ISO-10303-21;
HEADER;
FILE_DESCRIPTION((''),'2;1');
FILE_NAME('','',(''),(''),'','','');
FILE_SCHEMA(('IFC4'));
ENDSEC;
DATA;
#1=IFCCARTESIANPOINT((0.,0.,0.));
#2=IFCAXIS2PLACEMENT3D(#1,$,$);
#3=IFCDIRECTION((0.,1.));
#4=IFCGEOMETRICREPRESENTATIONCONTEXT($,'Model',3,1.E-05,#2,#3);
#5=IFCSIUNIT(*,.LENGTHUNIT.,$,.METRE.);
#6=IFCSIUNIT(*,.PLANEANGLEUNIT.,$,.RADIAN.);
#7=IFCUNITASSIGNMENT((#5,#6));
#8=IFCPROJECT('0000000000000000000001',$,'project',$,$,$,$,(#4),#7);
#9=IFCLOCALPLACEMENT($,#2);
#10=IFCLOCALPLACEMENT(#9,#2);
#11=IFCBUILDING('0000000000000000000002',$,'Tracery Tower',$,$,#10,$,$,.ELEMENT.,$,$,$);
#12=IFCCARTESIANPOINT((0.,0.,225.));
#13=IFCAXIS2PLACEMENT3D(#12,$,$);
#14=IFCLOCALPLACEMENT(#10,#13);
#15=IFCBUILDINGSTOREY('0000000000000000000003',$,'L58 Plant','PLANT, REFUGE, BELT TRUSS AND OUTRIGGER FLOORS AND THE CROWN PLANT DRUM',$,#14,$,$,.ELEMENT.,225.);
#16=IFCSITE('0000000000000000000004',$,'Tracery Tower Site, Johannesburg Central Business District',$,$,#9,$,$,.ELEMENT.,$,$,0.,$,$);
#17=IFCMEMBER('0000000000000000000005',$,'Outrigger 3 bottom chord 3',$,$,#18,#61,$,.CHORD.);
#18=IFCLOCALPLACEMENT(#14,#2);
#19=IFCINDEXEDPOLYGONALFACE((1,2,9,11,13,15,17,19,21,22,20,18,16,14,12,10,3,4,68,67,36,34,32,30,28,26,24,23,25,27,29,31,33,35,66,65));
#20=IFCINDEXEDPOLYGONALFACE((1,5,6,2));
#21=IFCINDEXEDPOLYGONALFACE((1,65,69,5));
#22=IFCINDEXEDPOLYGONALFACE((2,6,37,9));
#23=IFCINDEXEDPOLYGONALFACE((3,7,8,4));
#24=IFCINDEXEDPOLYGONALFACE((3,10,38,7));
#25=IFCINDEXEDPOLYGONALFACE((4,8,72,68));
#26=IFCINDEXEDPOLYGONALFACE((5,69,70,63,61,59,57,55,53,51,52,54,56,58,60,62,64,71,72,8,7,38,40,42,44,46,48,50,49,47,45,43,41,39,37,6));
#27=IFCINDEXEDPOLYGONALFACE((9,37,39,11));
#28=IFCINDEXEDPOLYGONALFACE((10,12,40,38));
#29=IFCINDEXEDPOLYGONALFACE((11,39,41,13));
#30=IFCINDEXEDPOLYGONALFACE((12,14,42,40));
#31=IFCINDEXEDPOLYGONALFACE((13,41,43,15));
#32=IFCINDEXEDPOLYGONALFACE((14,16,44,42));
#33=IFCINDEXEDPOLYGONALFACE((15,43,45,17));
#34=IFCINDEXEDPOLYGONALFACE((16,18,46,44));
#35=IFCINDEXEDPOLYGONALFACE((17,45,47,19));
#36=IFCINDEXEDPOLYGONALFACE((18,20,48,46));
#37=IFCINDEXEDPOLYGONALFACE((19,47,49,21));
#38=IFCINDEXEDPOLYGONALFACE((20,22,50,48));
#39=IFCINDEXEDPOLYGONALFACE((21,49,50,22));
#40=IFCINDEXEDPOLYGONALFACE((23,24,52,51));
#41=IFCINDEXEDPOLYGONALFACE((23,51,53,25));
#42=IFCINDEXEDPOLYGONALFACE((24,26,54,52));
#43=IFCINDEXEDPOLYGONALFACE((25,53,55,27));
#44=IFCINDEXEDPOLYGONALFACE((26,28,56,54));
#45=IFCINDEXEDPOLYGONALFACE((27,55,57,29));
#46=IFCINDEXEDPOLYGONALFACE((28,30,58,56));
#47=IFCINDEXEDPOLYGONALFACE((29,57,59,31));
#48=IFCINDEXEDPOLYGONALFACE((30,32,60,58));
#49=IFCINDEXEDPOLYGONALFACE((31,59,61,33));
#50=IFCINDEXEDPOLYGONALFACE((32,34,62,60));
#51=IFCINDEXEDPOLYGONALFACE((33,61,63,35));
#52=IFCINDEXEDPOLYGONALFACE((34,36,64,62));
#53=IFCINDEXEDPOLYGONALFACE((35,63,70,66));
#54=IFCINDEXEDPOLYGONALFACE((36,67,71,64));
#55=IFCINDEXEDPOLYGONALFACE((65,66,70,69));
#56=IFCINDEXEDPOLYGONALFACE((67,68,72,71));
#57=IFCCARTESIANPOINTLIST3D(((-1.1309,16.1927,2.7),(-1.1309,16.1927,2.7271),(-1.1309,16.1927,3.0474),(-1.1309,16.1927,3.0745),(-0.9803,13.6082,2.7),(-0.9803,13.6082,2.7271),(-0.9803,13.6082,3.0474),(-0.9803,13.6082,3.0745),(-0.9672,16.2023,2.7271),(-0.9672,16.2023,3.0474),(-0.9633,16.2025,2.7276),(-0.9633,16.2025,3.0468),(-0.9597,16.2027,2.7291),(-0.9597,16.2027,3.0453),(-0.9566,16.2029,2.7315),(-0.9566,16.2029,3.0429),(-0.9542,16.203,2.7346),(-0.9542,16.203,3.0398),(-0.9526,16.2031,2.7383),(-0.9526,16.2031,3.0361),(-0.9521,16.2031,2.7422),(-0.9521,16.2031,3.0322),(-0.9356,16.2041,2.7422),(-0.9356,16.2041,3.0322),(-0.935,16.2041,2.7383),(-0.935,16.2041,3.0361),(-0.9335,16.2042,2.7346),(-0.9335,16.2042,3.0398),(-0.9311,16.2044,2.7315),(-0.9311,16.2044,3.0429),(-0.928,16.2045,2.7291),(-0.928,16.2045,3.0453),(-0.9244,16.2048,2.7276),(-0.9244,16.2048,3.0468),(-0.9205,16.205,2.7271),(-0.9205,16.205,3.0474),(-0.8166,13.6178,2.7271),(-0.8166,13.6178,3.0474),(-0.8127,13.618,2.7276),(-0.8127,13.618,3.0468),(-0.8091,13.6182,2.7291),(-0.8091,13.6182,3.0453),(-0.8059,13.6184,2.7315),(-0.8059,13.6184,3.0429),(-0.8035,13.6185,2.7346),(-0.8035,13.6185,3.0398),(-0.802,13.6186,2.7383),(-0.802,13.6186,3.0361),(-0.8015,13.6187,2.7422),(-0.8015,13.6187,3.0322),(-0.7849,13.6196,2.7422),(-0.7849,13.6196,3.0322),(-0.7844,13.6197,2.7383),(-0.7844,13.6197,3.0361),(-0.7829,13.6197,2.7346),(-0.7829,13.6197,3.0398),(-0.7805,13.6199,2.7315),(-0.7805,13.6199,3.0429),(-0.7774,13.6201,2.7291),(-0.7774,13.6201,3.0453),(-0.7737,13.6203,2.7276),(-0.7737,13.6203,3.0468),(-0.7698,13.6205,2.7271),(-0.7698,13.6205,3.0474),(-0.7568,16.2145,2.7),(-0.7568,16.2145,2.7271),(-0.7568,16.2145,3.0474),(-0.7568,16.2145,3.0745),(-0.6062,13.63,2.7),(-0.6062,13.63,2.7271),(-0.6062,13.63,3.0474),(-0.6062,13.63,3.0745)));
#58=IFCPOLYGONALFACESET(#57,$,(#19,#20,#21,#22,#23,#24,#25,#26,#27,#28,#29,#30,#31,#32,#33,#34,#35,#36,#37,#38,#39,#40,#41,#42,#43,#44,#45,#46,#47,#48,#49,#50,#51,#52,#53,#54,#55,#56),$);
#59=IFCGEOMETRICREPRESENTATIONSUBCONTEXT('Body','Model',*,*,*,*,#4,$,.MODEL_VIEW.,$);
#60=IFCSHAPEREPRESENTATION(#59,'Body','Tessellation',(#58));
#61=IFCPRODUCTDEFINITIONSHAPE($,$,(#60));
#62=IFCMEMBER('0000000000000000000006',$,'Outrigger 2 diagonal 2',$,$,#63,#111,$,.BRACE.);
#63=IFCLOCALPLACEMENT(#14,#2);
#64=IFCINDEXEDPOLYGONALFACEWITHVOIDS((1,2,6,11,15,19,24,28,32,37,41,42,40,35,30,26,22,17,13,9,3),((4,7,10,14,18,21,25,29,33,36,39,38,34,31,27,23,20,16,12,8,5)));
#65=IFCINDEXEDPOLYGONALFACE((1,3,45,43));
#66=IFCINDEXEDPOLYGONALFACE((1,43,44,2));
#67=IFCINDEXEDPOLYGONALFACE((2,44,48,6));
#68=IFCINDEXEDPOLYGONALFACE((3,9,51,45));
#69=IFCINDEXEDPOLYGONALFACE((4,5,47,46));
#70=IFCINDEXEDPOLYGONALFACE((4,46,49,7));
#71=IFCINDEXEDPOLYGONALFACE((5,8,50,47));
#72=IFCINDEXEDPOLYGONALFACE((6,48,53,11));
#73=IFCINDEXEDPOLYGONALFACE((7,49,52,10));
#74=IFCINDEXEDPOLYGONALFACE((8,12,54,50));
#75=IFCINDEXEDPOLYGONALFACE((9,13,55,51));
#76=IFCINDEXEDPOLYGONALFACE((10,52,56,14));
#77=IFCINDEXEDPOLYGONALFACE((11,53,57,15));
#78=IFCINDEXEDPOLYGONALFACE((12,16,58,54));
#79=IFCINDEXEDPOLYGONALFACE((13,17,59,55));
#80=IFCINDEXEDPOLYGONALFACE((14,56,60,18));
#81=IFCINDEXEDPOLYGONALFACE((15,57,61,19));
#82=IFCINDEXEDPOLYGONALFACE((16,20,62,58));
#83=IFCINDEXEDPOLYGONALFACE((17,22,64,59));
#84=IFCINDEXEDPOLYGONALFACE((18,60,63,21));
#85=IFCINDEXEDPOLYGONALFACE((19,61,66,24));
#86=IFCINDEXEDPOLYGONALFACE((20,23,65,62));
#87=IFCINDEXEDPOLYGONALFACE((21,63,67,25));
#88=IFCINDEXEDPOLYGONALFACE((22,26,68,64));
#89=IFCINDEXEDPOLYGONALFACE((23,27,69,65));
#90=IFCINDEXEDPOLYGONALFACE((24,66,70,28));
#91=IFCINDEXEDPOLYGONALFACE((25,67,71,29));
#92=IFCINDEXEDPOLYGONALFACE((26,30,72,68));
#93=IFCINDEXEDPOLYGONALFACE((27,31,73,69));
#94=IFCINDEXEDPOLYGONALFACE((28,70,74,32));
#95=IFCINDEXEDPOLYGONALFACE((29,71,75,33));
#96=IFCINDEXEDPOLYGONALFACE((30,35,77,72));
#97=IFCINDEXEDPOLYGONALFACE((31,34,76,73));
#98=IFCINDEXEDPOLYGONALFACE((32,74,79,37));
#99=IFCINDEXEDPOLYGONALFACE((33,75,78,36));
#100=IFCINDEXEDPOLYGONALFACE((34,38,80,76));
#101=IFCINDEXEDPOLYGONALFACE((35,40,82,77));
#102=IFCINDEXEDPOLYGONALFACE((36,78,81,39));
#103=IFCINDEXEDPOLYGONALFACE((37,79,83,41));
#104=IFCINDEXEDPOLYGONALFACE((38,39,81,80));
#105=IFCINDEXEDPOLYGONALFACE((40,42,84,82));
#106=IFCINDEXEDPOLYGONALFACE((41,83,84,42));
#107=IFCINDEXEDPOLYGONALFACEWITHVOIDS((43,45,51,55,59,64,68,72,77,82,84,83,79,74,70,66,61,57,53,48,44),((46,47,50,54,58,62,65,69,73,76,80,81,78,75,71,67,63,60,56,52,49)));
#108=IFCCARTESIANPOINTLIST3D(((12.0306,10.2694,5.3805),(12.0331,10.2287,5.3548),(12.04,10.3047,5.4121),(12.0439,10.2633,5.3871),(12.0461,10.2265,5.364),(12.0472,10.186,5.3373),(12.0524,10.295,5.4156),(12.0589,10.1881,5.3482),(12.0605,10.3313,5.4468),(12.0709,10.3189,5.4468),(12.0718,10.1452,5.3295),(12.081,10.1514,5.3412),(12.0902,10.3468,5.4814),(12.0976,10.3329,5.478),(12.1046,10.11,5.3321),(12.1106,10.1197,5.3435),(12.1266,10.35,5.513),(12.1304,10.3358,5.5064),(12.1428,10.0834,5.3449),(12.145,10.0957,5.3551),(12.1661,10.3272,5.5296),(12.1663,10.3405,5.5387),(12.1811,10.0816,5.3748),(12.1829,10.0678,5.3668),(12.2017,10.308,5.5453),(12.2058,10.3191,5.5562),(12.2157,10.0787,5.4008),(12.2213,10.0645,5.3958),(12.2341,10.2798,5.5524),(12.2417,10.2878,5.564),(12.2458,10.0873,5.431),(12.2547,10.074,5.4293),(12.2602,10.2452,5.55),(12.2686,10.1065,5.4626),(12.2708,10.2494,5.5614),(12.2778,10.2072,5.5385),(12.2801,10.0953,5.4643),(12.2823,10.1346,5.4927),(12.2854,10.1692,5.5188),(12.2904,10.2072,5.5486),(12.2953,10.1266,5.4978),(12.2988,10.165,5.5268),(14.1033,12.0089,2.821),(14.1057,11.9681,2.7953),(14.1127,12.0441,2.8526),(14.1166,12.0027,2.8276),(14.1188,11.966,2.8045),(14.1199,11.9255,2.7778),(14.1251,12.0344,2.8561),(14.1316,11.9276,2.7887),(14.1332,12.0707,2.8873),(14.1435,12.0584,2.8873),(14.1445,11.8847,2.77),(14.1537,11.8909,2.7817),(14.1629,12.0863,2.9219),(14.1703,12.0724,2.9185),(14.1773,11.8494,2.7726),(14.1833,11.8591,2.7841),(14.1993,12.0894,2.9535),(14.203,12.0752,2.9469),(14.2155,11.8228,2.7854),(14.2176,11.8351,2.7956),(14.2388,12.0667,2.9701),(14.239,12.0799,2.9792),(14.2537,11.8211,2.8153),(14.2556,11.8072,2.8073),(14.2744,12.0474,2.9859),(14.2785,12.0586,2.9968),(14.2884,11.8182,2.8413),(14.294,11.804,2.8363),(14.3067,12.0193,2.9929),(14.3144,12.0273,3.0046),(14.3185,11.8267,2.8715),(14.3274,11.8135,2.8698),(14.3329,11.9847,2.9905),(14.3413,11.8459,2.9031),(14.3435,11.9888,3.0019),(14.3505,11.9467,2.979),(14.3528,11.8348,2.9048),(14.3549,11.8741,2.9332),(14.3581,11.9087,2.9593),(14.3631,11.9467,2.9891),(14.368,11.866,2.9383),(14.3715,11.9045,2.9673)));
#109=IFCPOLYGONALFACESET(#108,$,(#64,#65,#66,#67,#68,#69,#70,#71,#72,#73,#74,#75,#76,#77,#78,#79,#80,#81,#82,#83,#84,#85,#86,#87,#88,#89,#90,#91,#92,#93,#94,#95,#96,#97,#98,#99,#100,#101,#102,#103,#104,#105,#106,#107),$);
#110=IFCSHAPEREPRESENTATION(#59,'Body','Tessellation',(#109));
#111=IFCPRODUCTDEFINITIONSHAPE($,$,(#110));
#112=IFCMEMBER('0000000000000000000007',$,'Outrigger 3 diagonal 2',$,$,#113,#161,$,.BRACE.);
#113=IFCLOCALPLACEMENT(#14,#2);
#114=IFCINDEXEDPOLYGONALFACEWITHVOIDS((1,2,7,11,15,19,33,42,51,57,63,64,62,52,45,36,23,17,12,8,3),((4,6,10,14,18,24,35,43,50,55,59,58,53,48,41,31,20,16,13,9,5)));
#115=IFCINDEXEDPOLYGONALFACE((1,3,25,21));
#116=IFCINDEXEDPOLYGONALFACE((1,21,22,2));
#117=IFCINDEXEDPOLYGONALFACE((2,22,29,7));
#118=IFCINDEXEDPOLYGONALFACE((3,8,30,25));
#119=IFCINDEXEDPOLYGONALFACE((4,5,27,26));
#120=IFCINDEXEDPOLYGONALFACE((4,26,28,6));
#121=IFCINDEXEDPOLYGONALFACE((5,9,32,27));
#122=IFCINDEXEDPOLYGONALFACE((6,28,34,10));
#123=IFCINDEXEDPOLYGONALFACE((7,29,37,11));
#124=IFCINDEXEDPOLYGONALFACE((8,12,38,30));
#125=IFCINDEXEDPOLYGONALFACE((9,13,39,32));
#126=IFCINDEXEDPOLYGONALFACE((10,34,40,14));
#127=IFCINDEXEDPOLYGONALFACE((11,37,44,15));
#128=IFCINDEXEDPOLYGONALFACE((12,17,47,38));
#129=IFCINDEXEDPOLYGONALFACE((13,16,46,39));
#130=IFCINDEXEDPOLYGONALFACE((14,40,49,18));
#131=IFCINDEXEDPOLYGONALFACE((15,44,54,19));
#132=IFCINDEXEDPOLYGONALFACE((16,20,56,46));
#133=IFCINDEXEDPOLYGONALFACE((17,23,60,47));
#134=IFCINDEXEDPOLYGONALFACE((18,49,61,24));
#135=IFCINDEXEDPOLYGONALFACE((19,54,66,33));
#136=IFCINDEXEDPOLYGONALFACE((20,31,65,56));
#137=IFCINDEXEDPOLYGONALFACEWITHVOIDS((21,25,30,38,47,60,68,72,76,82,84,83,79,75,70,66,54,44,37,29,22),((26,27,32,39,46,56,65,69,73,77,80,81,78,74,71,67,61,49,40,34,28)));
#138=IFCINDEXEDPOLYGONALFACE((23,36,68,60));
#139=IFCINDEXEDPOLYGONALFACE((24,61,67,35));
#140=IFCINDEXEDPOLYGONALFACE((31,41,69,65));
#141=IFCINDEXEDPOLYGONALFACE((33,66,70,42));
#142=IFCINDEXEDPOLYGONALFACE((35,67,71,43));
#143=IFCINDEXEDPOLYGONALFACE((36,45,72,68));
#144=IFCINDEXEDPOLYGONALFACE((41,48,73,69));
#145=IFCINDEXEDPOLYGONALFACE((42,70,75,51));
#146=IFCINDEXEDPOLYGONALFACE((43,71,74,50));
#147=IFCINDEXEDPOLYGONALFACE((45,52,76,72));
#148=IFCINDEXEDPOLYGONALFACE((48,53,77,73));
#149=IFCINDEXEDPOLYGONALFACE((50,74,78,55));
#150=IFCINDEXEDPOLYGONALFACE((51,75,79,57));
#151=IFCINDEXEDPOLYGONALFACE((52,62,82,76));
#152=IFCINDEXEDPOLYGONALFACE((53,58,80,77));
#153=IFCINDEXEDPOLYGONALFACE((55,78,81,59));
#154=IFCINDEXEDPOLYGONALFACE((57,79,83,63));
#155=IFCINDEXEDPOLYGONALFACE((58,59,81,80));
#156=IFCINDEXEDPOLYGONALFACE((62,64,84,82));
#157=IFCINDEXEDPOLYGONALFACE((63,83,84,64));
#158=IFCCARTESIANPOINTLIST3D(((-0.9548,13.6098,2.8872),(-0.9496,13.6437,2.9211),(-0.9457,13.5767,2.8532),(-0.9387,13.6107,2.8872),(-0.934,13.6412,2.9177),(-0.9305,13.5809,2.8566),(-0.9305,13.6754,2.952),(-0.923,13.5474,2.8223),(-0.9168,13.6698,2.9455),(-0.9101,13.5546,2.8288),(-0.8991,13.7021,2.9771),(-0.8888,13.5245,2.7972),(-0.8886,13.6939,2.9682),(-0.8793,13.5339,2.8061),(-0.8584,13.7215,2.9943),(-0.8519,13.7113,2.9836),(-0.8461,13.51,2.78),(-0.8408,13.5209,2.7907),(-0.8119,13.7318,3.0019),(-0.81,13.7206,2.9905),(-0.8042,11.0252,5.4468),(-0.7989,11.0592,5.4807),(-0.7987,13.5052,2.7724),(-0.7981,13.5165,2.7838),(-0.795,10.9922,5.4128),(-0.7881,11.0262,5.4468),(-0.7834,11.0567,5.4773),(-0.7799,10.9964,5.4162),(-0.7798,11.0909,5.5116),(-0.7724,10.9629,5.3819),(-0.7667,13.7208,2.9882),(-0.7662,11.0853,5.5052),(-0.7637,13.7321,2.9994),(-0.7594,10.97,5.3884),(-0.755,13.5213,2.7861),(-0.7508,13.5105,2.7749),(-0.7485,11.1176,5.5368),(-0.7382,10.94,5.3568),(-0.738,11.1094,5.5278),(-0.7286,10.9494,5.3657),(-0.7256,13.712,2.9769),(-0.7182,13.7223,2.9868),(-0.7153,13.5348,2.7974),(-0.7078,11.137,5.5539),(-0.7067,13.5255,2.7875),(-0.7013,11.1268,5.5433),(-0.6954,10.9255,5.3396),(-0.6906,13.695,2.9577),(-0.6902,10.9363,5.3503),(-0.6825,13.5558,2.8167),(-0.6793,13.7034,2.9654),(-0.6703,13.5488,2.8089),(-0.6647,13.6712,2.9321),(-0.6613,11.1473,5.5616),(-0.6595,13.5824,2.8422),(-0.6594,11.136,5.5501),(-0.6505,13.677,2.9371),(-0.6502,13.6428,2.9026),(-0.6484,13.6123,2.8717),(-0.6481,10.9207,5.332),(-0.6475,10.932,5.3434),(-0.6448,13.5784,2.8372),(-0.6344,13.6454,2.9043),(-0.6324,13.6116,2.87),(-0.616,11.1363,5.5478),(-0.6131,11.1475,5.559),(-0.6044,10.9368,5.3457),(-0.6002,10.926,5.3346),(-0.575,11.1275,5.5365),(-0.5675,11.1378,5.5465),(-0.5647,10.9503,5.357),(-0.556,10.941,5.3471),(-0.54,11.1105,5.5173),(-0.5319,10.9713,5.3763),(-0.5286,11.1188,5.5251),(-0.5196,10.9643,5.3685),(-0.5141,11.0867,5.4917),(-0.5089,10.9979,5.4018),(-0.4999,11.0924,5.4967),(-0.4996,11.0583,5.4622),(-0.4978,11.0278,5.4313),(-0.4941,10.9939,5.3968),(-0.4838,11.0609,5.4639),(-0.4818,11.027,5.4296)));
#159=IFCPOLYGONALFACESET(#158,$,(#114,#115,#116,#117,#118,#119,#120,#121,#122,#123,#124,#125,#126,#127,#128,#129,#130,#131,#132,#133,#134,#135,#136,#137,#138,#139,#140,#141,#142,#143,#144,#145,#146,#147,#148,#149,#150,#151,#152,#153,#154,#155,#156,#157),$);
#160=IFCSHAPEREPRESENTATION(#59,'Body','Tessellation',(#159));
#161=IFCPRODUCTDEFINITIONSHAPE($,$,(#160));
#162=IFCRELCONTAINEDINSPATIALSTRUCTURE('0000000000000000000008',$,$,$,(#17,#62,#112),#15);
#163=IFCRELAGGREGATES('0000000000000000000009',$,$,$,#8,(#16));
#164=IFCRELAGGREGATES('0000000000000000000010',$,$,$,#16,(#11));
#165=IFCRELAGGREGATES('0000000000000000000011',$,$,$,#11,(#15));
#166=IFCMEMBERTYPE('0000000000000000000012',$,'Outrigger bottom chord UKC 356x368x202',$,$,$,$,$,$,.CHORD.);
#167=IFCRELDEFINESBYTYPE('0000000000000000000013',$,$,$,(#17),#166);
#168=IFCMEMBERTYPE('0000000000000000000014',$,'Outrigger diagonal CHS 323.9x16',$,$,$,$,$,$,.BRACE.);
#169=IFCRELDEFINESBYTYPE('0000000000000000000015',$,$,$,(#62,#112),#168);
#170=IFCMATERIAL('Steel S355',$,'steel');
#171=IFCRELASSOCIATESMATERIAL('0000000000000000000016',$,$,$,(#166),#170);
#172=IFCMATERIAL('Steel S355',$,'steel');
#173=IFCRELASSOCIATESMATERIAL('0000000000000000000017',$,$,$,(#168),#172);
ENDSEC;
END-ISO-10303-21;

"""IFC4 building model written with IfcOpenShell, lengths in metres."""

from ifc_helpers import new_model, si_unit, direction, frame, origin, origin_2d, place, context, subcontext, project, spatial, hollow_circle, i_section, extrude, material, material_profile, profile_set, type_object, element, save


model = new_model("IFC4")

# Units and contexts
model_context = context("Model", 3, precision=1e-05, world=origin(), true_north=direction((0.0, 1.0)))
body_context = subcontext(model_context, "Body", "Model", "MODEL_VIEW")
ifc_project = project(units=[si_unit("LENGTHUNIT", "METRE"), si_unit("PLANEANGLEUNIT", "RADIAN")], contexts=[model_context])

# Site, building, storey
site_placement = place(None, origin())
site = spatial("IfcSite", under=ifc_project, at=site_placement, Name="Tracery Tower Site, Johannesburg Central Business District", CompositionType="ELEMENT", RefElevation=0.0)
building_placement = place(site_placement, origin())
building = spatial("IfcBuilding", under=site, at=building_placement, Name="Tracery Tower", CompositionType="ELEMENT")
storey_placement = place(building_placement, frame((0.0, 0.0, 225.0)))
storey = spatial("IfcBuildingStorey", under=building, at=storey_placement, Name="L58 Plant", Description="PLANT, REFUGE, BELT TRUSS AND OUTRIGGER FLOORS AND THE CROWN PLANT DRUM", CompositionType="ELEMENT", Elevation=225.0)

# Members
ifc_material_1 = material(Name="Steel S355", Category="steel")
ifc_material_profile_1 = material_profile(ifc_material_1, i_section(OverallWidth=0.3748, OverallDepth=0.3745, WebThickness=0.0166, FlangeThickness=0.0271, FilletRadius=0.0151, at=origin_2d()), Name="UKC 356x368x202")
ifc_profile_set_1 = profile_set([ifc_material_profile_1], Name="Steel S355")
member_type_1 = type_object("IfcMemberType", Name="Outrigger bottom chord UKC 356x368x202", PredefinedType="CHORD", material=ifc_profile_set_1)
for number, where, z_axis, x_axis, name in (
    (1, (-0.7932, 13.6191, 2.8872), (-0.058186, 0.998306, 0.0), (-0.998306, -0.058186, 0.0), "Outrigger 3 bottom chord 3"),
):
    element("IfcMember", number, at=place(storey_placement, frame(where, z_axis=z_axis, x_axis=x_axis)), inside=storey, type_object=member_type_1, Name=name, PredefinedType="CHORD", context=body_context, shape_type="SweptSolid", body=[
        extrude(i_section(OverallWidth=0.3748, OverallDepth=0.3745, WebThickness=0.0166, FlangeThickness=0.0271, FilletRadius=0.0151, at=origin_2d()), origin(), (0.0, 0.0, 1.0), 2.5889),
    ])
ifc_material_2 = material(Name="Steel S355", Category="steel")
ifc_material_profile_2 = material_profile(ifc_material_2, hollow_circle(Radius=0.1619, WallThickness=0.0161, at=origin_2d()), Name="CHS 323.9x16")
ifc_profile_set_2 = profile_set([ifc_material_profile_2], Name="Steel S355")
member_type_2 = type_object("IfcMemberType", Name="Outrigger diagonal CHS 323.9x16", PredefinedType="BRACE", material=ifc_profile_set_2)
member_1_placement = place(storey_placement, frame((12.1646, 10.2073, 5.4468), z_axis=(0.556485, 0.467015, -0.687184), x_axis=(-0.642843, 0.765998, 0.0)))
element("IfcMember", 2, at=member_1_placement, inside=storey, type_object=member_type_2, Name="Outrigger 2 diagonal 2", PredefinedType="BRACE", context=body_context, shape_type="SweptSolid", body=[
    extrude(hollow_circle(Radius=0.1619, WallThickness=0.0161, at=origin_2d()), origin(), (0.0, 0.0, 1.0), 3.7246),
])
for number, where, z_axis, x_axis, name in (
    (3, (-0.6426, 11.0347, 5.4468), (-0.041377, 0.709913, -0.703073), (-0.998306, -0.058186, 0.0), "Outrigger 3 diagonal 2"),
):
    element("IfcMember", number, at=place(storey_placement, frame(where, z_axis=z_axis, x_axis=x_axis)), inside=storey, type_object=member_type_2, Name=name, PredefinedType="BRACE", context=body_context, shape_type="SweptSolid", body=[
        extrude(hollow_circle(Radius=0.1619, WallThickness=0.0161, at=origin_2d()), origin(), (0.0, 0.0, 1.0), 3.6406),
    ])

save(model, "model.ifc")
